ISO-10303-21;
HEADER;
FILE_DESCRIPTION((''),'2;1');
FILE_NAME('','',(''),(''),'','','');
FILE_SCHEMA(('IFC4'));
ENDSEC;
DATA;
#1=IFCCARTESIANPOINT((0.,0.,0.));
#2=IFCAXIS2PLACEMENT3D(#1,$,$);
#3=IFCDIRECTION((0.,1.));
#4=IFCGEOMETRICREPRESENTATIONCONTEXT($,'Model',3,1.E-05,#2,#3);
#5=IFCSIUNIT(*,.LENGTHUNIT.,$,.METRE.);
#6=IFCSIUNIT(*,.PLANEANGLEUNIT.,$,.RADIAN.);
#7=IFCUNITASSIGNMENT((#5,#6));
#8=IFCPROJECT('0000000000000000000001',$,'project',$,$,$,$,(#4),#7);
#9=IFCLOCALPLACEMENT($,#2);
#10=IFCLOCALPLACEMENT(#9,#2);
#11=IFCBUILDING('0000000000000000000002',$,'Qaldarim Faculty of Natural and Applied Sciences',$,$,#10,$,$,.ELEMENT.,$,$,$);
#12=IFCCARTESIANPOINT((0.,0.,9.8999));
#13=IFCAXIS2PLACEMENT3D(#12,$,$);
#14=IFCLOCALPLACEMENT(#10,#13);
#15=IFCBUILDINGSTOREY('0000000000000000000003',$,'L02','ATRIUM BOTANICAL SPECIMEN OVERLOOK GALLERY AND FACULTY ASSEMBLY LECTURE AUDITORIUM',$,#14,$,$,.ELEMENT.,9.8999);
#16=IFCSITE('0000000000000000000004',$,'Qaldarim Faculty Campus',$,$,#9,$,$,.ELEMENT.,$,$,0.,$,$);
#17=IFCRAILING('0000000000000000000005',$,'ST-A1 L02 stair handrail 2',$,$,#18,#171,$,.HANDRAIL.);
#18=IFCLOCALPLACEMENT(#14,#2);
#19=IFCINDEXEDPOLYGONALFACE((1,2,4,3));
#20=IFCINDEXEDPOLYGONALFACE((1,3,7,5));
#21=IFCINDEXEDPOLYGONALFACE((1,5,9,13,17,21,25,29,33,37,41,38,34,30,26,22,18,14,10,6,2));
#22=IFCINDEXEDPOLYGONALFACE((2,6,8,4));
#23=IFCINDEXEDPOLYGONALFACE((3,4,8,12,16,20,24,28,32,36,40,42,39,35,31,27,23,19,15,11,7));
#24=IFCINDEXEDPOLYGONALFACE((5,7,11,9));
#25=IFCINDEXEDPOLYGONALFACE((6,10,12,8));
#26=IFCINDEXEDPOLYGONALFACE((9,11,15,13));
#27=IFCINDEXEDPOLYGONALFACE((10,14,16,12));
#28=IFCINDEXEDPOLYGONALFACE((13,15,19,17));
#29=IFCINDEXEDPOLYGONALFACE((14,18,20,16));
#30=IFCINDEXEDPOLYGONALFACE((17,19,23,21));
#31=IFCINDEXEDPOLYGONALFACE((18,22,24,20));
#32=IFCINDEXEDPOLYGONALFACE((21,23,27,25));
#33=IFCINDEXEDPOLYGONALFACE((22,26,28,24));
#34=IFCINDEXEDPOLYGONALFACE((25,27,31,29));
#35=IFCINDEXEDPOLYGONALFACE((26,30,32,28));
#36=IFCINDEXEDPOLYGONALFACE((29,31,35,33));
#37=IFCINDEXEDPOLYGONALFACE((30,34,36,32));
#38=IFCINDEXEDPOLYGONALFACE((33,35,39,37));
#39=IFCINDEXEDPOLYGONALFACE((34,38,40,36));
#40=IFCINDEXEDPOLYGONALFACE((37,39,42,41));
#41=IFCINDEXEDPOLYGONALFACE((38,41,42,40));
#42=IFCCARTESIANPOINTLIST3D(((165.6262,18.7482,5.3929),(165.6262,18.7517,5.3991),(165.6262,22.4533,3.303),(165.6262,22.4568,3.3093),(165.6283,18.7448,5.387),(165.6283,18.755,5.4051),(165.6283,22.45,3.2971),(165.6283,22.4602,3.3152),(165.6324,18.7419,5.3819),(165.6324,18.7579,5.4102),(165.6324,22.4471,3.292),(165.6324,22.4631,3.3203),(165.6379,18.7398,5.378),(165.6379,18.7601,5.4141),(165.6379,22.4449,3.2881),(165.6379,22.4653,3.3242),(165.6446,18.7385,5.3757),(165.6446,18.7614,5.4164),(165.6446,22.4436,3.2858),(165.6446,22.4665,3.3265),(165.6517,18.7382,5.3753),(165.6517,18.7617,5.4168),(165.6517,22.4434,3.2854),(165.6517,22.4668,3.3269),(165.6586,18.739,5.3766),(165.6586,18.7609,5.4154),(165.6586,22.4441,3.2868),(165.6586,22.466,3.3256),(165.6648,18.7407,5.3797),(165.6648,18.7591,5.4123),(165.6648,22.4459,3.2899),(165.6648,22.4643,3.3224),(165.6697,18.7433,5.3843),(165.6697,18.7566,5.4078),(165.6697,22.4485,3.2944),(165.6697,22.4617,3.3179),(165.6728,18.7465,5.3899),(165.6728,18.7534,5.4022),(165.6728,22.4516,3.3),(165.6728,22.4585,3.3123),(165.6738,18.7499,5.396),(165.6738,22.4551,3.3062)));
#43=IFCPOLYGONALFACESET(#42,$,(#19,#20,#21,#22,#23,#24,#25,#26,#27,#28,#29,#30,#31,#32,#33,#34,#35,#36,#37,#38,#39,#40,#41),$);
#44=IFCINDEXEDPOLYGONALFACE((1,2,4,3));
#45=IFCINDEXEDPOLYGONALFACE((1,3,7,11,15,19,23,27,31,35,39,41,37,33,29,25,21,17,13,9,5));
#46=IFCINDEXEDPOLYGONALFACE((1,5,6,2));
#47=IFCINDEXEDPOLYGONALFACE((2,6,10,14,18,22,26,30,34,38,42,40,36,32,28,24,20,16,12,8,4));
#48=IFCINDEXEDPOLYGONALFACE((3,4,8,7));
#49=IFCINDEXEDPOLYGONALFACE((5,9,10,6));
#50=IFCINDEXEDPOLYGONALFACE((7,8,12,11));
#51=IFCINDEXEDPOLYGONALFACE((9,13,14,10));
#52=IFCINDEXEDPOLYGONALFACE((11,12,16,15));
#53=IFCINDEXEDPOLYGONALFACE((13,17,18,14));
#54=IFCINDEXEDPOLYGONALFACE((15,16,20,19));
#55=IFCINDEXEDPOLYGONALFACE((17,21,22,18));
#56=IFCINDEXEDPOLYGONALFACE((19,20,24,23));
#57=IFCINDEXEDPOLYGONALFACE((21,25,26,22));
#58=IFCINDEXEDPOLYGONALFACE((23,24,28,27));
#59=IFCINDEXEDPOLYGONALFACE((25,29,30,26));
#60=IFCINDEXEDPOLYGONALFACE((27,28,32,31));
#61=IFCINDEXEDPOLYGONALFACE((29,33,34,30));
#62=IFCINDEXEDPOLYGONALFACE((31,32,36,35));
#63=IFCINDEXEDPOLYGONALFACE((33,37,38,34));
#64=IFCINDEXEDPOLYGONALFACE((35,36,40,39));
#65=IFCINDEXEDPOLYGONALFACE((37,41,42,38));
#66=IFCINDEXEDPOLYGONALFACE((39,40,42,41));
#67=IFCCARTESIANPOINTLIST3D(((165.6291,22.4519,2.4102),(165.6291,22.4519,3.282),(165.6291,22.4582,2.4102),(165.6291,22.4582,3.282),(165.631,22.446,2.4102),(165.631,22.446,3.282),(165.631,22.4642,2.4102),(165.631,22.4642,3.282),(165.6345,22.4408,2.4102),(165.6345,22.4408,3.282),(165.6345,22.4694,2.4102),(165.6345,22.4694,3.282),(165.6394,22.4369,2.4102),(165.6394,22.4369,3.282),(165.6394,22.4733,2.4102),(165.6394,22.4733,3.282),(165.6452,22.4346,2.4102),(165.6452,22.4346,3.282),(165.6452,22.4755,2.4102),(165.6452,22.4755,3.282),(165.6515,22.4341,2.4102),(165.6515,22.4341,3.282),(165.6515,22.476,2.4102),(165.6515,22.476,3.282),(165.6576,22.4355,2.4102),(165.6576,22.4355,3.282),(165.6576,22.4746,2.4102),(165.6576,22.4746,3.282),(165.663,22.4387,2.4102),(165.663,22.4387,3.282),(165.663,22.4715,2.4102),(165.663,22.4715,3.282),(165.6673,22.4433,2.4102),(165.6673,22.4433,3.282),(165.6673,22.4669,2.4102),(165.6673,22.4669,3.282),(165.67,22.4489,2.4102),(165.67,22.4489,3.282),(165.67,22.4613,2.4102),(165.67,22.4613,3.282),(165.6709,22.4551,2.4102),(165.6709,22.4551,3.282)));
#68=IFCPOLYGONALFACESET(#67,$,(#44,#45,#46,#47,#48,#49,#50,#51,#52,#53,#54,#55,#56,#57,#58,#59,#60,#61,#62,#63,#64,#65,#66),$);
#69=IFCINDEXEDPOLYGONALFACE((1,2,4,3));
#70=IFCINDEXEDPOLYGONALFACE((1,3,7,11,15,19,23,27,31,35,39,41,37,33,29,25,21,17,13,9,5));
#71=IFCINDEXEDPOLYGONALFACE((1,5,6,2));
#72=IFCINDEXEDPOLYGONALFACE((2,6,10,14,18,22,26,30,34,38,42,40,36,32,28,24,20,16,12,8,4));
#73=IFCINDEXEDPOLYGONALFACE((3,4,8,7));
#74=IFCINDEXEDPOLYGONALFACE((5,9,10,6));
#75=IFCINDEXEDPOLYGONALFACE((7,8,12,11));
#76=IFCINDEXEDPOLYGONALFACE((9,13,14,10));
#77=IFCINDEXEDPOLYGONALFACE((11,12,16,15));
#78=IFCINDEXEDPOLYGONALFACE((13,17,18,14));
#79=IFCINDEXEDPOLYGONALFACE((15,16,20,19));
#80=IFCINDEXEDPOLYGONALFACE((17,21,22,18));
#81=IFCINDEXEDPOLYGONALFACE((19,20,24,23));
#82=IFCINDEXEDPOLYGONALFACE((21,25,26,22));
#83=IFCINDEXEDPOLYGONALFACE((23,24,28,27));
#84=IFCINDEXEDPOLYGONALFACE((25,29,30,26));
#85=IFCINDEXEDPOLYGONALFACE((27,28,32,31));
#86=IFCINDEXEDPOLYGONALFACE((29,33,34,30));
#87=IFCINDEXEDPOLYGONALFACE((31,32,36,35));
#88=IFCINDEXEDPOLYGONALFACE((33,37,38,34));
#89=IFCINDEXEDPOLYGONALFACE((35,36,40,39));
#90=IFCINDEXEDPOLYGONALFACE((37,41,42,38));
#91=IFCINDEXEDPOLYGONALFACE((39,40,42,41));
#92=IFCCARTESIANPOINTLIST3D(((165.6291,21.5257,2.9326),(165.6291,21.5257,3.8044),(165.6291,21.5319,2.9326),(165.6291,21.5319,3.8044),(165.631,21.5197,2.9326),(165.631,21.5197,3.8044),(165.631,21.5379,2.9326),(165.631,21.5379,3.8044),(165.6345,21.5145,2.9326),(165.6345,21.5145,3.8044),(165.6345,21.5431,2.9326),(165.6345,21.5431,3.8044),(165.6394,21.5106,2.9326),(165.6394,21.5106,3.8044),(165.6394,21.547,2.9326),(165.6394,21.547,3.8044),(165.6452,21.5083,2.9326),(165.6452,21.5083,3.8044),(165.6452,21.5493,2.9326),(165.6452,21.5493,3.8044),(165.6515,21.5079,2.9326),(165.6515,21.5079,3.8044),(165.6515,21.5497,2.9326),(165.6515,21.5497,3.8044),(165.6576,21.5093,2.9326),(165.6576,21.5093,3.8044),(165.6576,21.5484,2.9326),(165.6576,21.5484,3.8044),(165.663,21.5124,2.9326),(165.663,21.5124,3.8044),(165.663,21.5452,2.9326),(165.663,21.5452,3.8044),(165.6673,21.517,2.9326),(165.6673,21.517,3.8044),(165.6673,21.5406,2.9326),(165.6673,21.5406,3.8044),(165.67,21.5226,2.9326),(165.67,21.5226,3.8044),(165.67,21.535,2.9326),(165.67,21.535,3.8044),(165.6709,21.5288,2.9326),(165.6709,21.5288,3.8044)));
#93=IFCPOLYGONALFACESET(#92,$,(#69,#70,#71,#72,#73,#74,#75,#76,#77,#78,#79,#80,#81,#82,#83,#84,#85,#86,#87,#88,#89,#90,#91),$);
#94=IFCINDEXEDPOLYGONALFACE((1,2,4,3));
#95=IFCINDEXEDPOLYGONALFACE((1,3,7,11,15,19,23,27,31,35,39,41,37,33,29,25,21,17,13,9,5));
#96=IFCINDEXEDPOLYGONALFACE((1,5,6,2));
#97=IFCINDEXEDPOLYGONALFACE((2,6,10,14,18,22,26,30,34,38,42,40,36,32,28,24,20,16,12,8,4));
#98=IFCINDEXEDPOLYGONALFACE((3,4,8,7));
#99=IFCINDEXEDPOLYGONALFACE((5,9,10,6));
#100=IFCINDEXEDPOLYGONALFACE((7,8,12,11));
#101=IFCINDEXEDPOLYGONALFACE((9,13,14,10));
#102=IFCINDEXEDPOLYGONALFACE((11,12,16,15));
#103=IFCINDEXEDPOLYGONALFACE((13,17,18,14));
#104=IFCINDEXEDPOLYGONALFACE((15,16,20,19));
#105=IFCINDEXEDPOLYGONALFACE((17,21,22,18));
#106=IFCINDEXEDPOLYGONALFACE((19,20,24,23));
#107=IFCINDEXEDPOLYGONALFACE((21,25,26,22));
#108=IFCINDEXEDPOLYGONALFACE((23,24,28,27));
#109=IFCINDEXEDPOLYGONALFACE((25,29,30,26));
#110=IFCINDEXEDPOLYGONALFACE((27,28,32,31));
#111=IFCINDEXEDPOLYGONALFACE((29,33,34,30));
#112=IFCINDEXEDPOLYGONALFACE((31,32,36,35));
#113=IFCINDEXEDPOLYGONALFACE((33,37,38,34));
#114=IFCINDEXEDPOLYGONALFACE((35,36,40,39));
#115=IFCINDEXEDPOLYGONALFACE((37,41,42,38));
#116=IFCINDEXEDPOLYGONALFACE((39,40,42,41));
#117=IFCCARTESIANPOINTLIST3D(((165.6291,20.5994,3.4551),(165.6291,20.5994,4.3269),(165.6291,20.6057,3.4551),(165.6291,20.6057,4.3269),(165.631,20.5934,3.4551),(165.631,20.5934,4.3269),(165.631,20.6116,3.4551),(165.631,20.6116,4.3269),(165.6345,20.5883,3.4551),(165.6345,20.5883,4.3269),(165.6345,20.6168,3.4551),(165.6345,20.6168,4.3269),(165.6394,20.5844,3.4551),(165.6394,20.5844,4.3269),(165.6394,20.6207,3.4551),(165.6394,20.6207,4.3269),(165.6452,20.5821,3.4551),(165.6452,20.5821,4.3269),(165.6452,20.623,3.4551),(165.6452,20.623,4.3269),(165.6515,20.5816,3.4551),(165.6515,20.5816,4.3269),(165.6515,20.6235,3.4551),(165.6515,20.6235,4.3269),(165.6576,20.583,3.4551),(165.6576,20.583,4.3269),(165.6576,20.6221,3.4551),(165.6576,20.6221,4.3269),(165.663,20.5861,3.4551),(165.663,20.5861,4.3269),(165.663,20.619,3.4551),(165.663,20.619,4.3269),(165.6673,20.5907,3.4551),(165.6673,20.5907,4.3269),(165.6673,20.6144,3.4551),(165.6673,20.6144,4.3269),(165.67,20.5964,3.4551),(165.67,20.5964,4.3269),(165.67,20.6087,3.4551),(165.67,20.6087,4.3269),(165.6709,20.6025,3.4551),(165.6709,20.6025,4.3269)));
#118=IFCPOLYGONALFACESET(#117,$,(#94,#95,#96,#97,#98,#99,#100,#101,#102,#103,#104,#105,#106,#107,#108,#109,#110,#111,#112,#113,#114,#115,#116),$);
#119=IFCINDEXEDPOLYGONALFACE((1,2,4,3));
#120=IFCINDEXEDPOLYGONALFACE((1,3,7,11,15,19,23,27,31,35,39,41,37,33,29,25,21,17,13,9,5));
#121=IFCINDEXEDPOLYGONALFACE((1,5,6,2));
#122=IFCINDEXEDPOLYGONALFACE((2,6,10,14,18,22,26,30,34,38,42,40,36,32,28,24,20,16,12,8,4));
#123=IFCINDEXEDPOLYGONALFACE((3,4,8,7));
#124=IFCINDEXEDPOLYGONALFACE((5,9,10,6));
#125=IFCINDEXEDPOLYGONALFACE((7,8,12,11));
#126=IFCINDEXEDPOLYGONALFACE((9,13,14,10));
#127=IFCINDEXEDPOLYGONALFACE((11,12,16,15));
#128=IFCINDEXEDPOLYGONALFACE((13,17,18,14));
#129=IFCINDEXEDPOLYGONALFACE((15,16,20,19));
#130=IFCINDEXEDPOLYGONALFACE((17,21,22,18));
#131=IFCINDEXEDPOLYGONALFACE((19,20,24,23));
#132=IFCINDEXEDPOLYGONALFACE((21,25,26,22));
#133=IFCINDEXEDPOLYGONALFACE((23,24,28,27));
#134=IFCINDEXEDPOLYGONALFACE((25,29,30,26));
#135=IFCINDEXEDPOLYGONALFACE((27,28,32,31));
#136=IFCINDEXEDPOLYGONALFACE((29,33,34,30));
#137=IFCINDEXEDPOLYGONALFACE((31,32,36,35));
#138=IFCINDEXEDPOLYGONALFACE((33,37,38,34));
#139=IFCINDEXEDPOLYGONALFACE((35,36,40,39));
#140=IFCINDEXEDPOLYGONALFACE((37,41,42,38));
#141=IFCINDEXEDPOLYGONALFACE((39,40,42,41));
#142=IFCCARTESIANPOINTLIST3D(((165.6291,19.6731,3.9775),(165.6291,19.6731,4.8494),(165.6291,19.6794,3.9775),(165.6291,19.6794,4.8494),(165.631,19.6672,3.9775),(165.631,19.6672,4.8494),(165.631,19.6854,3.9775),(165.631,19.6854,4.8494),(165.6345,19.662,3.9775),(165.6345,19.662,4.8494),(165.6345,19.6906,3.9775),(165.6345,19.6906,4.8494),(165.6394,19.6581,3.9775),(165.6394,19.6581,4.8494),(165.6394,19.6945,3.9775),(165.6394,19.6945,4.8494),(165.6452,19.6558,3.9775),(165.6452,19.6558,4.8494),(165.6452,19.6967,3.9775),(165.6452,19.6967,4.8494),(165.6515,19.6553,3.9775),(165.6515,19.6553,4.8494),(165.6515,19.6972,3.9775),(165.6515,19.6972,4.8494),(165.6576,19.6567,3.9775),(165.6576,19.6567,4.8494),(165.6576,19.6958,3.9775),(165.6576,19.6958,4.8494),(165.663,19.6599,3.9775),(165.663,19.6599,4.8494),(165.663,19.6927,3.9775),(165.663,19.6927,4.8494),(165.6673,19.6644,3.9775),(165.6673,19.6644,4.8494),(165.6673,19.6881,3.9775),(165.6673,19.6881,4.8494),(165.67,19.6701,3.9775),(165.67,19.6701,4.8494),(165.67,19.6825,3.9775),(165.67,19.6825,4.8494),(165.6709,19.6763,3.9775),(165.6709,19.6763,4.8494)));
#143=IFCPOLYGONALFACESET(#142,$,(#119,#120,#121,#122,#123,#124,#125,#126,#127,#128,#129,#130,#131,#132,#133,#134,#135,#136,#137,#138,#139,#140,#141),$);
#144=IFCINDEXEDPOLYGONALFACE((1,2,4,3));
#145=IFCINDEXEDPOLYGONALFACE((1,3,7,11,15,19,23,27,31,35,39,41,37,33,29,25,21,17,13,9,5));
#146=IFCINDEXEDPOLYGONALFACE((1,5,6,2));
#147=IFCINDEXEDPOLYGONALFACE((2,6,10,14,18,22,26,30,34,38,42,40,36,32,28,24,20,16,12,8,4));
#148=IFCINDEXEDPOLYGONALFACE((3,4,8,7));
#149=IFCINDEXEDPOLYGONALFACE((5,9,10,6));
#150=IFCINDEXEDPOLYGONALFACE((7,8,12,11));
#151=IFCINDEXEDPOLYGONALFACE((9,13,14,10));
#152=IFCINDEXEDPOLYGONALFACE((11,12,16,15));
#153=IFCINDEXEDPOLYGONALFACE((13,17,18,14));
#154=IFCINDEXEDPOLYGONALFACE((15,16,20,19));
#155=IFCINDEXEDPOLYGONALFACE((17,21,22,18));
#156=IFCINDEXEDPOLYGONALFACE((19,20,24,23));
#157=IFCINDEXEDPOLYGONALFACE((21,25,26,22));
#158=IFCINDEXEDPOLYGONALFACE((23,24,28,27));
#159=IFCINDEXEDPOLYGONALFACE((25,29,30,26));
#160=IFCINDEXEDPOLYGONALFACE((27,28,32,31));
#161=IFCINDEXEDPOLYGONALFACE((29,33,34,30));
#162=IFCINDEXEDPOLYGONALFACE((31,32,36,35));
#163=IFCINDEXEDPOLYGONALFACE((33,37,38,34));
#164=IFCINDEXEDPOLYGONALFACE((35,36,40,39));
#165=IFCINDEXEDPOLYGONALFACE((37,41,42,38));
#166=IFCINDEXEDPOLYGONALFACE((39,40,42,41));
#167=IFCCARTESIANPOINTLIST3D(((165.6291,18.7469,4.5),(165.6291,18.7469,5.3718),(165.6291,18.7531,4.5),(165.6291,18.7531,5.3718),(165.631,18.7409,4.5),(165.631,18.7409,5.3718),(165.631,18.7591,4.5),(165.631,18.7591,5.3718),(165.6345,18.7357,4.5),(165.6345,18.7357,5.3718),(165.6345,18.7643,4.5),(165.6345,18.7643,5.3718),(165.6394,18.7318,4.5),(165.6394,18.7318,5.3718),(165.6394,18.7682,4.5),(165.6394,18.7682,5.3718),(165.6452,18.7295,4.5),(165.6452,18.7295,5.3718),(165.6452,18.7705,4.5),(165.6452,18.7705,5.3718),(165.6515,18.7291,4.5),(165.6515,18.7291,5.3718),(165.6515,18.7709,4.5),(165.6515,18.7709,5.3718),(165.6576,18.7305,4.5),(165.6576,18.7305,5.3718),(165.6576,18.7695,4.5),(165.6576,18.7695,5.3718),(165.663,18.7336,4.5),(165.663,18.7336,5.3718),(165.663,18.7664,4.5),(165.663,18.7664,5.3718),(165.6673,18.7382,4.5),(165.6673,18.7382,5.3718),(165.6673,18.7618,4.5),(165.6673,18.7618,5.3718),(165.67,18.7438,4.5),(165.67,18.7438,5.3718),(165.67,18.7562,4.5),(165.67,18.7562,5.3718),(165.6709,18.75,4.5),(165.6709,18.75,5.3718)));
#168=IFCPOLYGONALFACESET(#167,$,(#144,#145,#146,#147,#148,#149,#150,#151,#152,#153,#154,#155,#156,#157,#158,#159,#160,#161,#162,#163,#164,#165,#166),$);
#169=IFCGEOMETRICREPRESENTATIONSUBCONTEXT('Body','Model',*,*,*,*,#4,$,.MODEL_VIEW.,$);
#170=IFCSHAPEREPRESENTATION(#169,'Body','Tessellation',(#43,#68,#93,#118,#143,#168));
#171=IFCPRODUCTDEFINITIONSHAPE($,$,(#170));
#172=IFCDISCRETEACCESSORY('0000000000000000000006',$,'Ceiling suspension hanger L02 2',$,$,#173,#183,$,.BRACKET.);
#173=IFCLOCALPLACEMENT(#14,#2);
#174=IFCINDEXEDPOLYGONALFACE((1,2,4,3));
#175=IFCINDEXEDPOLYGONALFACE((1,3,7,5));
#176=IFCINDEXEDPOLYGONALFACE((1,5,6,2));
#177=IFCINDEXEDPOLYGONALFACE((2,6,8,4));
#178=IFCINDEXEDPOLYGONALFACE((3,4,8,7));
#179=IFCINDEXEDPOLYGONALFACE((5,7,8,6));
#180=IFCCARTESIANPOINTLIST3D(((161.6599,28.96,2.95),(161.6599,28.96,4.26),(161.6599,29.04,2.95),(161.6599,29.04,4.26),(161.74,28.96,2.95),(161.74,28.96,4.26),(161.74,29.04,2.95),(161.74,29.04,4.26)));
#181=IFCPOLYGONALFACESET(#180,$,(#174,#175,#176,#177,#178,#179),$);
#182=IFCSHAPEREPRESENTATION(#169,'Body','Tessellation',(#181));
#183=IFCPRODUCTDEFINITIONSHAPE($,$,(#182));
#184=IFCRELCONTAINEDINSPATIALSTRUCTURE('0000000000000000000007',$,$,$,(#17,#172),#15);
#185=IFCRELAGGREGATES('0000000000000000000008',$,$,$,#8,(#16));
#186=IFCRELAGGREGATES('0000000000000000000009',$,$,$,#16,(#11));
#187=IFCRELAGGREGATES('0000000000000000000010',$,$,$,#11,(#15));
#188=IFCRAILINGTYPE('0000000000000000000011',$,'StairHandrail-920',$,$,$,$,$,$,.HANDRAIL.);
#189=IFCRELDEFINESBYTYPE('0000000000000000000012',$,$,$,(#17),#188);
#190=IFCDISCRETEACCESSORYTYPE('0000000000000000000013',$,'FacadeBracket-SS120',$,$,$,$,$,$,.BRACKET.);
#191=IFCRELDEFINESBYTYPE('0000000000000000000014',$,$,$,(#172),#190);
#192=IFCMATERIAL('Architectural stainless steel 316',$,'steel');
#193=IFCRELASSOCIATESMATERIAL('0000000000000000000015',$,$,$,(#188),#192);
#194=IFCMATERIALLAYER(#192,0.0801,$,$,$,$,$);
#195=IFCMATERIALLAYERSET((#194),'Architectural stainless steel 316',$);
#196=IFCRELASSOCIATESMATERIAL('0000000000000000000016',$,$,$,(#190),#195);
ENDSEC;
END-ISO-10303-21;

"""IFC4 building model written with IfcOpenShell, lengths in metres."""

from ifc_helpers import new_model, si_unit, direction, frame, origin, origin_2d, place, context, subcontext, project, spatial, rectangle, circle, extrude, material, layer, layer_set, type_object, element, save


model = new_model("IFC4")

# Units and contexts
model_context = context("Model", 3, precision=1e-05, world=origin(), true_north=direction((0.0, 1.0)))
body_context = subcontext(model_context, "Body", "Model", "MODEL_VIEW")
ifc_project = project(units=[si_unit("LENGTHUNIT", "METRE"), si_unit("PLANEANGLEUNIT", "RADIAN")], contexts=[model_context])

# Site, building, storey
site_placement = place(None, origin())
site = spatial("IfcSite", under=ifc_project, at=site_placement, Name="Qaldarim Faculty Campus", CompositionType="ELEMENT", RefElevation=0.0)
building_placement = place(site_placement, origin())
building = spatial("IfcBuilding", under=site, at=building_placement, Name="Qaldarim Faculty of Natural and Applied Sciences", CompositionType="ELEMENT")
storey_placement = place(building_placement, frame((0.0, 0.0, 9.8999)))
storey = spatial("IfcBuildingStorey", under=building, at=storey_placement, Name="L02", Description="ATRIUM BOTANICAL SPECIMEN OVERLOOK GALLERY AND FACULTY ASSEMBLY LECTURE AUDITORIUM", CompositionType="ELEMENT", Elevation=9.8999)

# Railing
ifc_material_1 = material(Name="Architectural stainless steel 316", Category="steel")
railing_type_1 = type_object("IfcRailingType", Name="StairHandrail-920", PredefinedType="HANDRAIL", material=ifc_material_1)
railing_1_placement = place(storey_placement, frame((165.6499, 22.4551, 2.4102)))
element("IfcRailing", 1, at=railing_1_placement, inside=storey, type_object=railing_type_1, Name="ST-A1 L02 stair handrail 2", PredefinedType="HANDRAIL", context=body_context, shape_type="SweptSolid", body=[
    extrude(circle(Radius=0.0239, at=origin_2d()), frame((0.0, 0.0, 0.896), z_axis=(0.0, -0.870999, 0.491285), x_axis=(1.0, 0.0, 0.0)), (0.0, 0.0, 1.0), 4.2539),
    extrude(circle(Radius=0.021, at=origin_2d()), origin(), (0.0, 0.0, 1.0), 0.8718),
    extrude(circle(Radius=0.021, at=origin_2d()), frame((0.0, -0.9263, 0.5225)), (0.0, 0.0, 1.0), 0.8718),
    extrude(circle(Radius=0.021, at=origin_2d()), frame((0.0, -1.8525, 1.0449)), (0.0, 0.0, 1.0), 0.8718),
    extrude(circle(Radius=0.021, at=origin_2d()), frame((0.0, -2.7788, 1.5674)), (0.0, 0.0, 1.0), 0.8718),
    extrude(circle(Radius=0.021, at=origin_2d()), frame((0.0, -3.7051, 2.0898)), (0.0, 0.0, 1.0), 0.8718),
])

# Discrete accessory
ifc_layer_1 = layer(ifc_material_1, 0.0801)
ifc_layer_set_1 = layer_set([ifc_layer_1], Name="Architectural stainless steel 316")
discrete_accessory_type = type_object("IfcDiscreteAccessoryType", Name="FacadeBracket-SS120", PredefinedType="BRACKET", material=ifc_layer_set_1)
discrete_accessory_placement = place(storey_placement, frame((161.7, 29.0, 2.95), z_axis=(0.0, 0.0, 1.0), x_axis=(1.0, 0.0, 0.0)))
element("IfcDiscreteAccessory", 2, at=discrete_accessory_placement, inside=storey, type_object=discrete_accessory_type, Name="Ceiling suspension hanger L02 2", PredefinedType="BRACKET", context=body_context, shape_type="SweptSolid", body=[
    extrude(rectangle(XDim=0.0801, YDim=0.0801, at=origin_2d()), origin(), (0.0, 0.0, 1.0), 1.3101),
])

save(model, "model.ifc")
